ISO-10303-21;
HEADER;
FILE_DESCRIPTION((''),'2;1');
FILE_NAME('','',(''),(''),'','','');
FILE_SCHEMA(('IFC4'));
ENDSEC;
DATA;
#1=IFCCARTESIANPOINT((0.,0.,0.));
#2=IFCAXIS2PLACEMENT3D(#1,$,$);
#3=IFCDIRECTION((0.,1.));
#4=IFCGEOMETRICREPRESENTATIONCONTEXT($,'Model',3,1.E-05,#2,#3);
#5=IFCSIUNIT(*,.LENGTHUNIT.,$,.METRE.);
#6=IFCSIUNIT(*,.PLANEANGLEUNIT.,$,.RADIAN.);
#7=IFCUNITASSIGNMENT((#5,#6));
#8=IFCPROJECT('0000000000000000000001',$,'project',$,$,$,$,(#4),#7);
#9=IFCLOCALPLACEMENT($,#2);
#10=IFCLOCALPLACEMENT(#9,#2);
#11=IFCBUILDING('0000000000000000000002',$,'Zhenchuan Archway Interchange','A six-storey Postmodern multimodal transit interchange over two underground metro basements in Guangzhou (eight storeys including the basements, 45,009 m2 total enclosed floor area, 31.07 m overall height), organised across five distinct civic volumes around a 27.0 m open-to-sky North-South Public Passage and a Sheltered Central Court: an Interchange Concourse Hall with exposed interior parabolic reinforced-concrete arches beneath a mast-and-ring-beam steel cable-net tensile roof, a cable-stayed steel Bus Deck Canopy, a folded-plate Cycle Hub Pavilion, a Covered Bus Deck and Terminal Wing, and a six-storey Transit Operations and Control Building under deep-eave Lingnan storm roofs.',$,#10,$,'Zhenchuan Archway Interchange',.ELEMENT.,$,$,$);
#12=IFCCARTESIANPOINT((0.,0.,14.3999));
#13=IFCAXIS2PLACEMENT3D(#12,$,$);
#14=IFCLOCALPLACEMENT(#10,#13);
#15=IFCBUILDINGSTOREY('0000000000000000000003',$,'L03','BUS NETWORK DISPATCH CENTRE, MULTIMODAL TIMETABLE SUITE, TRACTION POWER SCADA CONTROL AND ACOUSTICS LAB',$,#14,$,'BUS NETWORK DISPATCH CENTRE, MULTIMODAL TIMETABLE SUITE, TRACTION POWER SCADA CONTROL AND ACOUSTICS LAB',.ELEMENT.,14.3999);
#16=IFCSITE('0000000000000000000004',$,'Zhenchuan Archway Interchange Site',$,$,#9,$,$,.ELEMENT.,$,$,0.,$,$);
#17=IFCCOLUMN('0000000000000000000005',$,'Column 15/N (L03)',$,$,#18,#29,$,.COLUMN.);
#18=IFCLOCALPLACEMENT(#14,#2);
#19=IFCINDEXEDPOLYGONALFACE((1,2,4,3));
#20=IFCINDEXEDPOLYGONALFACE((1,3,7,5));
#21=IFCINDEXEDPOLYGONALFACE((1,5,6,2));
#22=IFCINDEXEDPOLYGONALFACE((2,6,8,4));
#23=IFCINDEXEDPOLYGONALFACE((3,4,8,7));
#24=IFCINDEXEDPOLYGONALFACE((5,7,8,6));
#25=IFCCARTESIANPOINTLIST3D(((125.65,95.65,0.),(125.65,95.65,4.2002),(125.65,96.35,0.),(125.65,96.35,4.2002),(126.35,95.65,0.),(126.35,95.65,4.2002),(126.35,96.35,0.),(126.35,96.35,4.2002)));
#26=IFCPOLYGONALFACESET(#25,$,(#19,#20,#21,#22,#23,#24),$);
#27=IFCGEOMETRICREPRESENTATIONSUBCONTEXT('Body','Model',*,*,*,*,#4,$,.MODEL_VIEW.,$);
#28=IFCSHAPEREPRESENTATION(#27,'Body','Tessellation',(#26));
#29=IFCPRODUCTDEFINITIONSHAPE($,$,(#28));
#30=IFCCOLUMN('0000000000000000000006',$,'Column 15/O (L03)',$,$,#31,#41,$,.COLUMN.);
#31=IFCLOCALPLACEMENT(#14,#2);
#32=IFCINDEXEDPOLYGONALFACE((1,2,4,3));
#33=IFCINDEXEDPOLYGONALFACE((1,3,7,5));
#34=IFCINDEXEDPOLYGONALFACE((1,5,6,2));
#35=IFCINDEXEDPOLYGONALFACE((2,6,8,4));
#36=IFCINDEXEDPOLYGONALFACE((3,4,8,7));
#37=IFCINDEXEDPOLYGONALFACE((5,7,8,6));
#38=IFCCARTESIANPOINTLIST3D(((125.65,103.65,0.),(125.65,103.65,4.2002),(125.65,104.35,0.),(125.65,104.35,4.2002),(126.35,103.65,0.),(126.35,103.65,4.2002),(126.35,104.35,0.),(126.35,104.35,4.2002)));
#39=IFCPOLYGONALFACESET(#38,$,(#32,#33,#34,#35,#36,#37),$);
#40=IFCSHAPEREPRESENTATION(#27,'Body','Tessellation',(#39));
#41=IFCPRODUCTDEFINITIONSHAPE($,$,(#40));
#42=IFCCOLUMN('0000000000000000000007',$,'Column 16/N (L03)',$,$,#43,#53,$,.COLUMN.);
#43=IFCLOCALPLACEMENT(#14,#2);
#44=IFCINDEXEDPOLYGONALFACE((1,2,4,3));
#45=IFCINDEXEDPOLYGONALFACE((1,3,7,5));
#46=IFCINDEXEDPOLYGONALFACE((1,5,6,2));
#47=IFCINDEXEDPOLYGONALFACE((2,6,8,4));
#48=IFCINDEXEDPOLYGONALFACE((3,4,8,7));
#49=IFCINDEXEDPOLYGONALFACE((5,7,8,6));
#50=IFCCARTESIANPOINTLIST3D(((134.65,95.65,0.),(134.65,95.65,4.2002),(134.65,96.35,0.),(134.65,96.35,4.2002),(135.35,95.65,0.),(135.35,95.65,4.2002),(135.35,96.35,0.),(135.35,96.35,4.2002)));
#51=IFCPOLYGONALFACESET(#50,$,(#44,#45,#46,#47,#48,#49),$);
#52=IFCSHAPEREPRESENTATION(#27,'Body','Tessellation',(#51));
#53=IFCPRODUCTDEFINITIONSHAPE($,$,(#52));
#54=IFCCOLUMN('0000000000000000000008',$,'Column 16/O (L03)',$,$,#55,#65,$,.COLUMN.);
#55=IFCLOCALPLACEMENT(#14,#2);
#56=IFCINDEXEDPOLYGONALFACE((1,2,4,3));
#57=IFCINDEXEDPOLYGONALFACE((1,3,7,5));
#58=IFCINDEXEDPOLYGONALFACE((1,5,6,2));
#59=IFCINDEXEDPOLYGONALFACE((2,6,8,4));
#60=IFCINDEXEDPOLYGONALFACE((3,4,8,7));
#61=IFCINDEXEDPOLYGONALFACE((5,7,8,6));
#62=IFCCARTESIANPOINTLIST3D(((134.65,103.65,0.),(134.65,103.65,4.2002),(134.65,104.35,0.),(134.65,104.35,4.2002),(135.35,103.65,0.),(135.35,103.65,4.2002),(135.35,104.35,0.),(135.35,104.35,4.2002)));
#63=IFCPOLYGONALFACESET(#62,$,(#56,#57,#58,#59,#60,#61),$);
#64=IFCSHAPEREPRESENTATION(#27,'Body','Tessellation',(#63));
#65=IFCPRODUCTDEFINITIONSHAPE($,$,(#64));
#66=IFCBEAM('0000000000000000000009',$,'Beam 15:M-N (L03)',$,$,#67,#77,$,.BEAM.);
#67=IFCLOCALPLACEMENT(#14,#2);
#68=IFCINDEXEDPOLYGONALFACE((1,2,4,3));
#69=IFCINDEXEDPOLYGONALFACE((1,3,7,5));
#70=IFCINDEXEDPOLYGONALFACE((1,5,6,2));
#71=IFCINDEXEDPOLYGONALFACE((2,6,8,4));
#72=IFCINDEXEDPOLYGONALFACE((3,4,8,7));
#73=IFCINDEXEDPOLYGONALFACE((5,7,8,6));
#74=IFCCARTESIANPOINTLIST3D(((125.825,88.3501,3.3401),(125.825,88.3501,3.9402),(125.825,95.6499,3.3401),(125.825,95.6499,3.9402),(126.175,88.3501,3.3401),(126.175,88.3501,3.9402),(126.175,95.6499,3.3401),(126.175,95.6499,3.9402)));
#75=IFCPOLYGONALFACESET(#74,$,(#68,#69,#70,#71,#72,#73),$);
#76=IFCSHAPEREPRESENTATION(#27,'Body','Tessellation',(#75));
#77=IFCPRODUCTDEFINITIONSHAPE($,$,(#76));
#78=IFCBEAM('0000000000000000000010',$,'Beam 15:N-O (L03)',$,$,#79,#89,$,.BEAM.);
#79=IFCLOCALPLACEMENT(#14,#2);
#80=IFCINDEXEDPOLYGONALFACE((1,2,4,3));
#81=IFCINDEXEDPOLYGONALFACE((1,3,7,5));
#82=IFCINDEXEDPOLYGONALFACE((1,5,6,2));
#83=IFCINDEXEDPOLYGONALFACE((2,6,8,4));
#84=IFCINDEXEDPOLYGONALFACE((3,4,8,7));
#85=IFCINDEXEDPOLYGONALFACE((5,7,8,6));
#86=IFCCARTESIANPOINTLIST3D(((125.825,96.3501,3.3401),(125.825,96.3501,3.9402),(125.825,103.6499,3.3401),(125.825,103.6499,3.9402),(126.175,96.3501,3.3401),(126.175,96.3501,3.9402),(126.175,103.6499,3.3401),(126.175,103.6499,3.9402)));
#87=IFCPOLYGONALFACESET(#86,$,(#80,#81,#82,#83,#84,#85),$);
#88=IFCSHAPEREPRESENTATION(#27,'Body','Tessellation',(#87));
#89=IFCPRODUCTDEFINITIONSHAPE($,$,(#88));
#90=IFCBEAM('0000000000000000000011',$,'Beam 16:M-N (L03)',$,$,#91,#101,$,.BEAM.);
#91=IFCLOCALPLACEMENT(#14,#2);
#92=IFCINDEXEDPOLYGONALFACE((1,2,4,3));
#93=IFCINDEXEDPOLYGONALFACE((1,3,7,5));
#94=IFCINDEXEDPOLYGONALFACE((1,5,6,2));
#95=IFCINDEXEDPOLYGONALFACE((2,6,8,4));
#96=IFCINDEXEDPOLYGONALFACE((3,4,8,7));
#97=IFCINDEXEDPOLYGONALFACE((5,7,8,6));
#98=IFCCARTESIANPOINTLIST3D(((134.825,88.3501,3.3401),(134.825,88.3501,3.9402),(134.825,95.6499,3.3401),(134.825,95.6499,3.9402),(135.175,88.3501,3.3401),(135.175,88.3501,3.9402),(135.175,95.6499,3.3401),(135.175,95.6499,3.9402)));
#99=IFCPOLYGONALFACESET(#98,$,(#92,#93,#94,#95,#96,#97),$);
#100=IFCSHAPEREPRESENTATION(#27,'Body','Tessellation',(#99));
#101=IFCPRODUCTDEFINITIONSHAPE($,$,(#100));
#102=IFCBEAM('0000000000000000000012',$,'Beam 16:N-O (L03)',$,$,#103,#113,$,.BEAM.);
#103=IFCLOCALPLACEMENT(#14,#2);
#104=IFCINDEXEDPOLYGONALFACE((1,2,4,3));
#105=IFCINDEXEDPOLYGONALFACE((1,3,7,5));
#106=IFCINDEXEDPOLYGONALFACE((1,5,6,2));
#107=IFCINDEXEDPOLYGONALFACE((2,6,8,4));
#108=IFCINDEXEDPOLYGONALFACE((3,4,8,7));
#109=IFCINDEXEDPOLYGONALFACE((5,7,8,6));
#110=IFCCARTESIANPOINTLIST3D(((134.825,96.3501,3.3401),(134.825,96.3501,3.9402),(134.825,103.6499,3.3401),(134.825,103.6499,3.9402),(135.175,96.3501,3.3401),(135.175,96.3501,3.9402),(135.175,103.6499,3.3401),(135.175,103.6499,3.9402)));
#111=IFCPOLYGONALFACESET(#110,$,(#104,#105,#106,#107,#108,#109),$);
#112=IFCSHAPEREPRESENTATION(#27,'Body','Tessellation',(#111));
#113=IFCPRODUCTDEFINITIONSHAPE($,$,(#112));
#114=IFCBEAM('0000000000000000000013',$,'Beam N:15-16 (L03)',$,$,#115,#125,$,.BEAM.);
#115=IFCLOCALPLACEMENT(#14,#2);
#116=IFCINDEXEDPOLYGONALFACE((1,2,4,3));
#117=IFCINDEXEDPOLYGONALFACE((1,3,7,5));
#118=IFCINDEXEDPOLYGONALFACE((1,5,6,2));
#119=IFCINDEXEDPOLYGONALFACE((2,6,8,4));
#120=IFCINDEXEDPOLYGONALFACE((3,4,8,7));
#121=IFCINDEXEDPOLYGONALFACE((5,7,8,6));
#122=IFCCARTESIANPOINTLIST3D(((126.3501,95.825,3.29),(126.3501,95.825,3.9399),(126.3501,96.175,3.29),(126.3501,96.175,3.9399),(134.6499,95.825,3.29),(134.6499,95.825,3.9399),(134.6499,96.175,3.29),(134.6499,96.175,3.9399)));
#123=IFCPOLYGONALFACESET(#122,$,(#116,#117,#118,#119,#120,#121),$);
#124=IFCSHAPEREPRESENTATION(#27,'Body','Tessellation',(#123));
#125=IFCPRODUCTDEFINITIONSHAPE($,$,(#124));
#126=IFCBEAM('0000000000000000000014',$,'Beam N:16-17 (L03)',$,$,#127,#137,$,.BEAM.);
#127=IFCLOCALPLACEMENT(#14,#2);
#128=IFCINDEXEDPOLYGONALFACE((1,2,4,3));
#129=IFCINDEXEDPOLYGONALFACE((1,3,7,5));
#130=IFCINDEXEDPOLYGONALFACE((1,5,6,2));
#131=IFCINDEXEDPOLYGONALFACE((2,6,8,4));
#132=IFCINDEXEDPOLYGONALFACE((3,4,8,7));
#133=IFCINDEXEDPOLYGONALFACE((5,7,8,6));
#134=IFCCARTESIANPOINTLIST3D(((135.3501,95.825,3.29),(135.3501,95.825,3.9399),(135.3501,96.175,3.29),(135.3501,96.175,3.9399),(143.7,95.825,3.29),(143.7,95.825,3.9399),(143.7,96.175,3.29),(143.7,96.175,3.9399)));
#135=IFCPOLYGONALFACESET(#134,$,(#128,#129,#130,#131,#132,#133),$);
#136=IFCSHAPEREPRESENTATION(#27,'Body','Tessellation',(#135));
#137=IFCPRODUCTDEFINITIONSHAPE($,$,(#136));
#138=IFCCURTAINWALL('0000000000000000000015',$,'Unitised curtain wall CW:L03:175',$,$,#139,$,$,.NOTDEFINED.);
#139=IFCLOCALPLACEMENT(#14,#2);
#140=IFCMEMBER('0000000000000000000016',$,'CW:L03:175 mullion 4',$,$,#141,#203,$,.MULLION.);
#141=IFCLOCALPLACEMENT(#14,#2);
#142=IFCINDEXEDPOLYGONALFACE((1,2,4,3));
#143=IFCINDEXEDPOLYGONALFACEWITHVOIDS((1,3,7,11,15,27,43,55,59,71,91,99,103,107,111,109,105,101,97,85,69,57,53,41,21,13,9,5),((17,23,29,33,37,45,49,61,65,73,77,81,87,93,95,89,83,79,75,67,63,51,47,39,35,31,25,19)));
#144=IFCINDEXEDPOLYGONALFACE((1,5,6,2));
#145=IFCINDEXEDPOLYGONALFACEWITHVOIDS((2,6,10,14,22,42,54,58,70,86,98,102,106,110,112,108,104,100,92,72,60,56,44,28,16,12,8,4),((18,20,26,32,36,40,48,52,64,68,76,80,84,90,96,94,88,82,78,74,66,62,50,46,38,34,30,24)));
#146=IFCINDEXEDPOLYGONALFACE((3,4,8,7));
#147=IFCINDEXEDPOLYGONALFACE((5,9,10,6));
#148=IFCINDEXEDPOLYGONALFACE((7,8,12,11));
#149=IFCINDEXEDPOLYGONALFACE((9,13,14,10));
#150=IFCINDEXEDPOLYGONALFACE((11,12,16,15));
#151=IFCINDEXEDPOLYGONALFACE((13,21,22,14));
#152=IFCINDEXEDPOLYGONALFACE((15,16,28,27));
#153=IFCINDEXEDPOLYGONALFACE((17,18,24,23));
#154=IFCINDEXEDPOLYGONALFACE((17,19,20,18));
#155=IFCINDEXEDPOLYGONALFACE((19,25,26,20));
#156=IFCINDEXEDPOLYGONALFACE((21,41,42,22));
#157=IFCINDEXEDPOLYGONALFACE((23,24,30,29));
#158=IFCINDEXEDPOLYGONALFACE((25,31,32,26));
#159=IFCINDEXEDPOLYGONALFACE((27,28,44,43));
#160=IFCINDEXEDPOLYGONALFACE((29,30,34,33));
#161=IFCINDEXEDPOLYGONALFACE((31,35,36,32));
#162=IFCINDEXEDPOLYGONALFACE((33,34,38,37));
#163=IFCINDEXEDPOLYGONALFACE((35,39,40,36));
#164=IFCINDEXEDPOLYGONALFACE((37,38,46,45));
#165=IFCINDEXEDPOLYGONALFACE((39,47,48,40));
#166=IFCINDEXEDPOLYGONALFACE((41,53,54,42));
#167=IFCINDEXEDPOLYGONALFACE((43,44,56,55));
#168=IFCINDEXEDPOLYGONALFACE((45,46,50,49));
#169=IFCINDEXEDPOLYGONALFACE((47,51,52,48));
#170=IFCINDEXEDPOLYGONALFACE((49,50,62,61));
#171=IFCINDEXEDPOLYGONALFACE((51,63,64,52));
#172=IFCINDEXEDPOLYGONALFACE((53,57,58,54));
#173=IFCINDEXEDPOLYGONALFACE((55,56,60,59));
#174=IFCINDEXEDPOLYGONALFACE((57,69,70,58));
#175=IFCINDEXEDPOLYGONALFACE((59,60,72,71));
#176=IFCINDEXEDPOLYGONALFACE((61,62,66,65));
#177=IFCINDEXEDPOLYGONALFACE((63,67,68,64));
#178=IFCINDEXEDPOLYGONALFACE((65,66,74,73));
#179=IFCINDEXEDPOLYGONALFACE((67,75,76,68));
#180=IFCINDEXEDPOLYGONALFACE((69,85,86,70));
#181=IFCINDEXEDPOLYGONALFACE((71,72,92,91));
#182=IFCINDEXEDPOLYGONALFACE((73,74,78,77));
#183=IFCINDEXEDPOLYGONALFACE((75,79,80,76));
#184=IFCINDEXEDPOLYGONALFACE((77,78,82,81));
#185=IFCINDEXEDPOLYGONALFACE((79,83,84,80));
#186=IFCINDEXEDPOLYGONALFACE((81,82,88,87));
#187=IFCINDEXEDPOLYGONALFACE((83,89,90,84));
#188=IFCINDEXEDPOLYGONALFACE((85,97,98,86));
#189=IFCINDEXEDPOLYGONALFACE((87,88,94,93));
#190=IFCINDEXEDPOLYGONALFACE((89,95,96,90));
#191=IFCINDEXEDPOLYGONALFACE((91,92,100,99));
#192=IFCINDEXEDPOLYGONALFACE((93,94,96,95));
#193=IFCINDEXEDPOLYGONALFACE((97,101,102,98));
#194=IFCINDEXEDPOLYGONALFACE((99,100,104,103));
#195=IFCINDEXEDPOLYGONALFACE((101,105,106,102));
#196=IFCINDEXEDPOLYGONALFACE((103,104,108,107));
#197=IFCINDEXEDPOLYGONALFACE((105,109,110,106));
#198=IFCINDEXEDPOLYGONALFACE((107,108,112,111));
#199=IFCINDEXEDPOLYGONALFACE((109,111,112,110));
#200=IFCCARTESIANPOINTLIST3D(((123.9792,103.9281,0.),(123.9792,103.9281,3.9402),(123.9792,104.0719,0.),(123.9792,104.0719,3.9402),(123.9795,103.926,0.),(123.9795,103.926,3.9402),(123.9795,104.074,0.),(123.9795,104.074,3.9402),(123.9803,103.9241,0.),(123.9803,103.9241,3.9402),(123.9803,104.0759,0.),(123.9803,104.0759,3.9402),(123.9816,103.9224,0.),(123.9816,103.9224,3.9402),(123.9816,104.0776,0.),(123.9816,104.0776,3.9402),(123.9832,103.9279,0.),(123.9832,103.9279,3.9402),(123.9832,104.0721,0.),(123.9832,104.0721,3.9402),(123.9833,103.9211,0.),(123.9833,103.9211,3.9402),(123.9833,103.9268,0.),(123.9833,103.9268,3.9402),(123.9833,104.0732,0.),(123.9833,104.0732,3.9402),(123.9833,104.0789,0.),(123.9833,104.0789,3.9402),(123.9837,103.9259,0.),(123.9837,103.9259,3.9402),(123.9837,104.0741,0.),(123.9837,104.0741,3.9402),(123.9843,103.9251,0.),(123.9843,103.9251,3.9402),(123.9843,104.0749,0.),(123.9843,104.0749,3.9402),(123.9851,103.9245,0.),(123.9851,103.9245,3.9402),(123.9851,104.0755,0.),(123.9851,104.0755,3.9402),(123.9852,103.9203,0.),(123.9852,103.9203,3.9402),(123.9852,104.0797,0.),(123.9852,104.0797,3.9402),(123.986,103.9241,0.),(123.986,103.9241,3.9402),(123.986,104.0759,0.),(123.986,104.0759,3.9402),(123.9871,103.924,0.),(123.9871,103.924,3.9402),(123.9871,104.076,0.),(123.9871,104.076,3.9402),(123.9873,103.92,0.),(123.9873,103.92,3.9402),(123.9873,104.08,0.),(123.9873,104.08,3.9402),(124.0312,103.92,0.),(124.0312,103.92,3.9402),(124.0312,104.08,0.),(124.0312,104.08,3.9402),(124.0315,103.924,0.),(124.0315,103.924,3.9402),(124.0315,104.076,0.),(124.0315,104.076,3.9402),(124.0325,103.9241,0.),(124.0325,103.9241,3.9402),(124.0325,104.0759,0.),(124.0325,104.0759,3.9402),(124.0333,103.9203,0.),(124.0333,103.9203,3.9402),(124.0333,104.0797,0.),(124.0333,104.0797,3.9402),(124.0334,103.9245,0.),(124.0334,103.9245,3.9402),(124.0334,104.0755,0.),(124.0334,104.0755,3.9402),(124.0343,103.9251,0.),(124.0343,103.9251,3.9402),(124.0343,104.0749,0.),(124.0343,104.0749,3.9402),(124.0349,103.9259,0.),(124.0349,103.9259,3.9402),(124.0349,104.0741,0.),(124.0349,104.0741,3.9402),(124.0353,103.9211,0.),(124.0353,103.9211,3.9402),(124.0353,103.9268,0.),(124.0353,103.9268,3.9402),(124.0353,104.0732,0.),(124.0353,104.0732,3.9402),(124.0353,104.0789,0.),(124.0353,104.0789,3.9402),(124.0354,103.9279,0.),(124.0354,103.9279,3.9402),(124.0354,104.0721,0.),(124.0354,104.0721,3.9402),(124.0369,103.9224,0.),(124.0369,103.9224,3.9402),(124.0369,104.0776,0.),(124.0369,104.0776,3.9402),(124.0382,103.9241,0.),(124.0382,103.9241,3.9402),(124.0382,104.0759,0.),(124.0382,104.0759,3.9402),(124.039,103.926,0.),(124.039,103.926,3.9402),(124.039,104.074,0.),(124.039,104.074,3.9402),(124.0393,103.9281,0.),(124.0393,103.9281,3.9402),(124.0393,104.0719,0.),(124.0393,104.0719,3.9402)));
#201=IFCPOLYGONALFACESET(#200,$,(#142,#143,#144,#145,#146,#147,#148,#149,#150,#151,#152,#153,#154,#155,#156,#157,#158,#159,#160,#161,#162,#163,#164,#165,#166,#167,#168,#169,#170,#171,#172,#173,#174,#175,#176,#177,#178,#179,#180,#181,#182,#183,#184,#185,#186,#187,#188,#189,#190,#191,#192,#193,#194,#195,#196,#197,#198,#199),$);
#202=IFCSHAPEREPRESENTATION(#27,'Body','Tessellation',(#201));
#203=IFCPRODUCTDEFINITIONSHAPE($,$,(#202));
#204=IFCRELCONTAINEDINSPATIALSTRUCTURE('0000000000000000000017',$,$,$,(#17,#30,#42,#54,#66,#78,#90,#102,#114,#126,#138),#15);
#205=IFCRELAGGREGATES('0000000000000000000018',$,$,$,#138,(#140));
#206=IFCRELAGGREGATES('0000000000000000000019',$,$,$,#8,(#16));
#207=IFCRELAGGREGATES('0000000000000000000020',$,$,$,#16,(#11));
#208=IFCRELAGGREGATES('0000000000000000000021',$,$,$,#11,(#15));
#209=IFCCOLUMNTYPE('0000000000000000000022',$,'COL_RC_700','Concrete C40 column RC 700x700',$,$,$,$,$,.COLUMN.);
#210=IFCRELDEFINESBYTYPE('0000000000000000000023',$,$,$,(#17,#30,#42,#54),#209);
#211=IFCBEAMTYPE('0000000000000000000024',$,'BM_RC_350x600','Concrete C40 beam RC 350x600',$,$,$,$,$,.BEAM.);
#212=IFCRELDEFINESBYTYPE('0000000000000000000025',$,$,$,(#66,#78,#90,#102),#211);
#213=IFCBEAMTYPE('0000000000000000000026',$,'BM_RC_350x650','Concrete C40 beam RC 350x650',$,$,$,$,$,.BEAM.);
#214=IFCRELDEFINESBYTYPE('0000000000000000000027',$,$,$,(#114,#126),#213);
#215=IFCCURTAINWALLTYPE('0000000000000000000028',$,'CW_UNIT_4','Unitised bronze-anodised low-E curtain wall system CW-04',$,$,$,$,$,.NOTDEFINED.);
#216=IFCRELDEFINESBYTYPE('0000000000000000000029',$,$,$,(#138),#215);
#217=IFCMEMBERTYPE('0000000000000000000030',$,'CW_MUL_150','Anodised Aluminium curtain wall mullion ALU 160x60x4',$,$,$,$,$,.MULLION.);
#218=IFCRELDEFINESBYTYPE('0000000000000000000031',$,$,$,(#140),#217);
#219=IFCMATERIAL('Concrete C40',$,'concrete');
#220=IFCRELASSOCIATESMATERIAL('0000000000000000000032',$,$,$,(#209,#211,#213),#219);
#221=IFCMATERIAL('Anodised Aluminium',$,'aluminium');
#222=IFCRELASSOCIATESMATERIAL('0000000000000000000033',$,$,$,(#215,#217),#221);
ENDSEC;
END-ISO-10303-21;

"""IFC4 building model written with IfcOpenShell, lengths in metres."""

from ifc_helpers import new_model, si_unit, direction, frame, origin, origin_2d, place, context, subcontext, project, spatial, rectangle, hollow_rectangle, extrude, material, material_profile, profile_set, type_object, element, aggregate, save


model = new_model("IFC4")

# Units and contexts
model_context = context("Model", 3, precision=1e-05, world=origin(), true_north=direction((0.0, 1.0)))
body_context = subcontext(model_context, "Body", "Model", "MODEL_VIEW")
ifc_project = project(units=[si_unit("LENGTHUNIT", "METRE"), si_unit("PLANEANGLEUNIT", "RADIAN")], contexts=[model_context])

# Site, building, storey
site_placement = place(None, origin())
site = spatial("IfcSite", under=ifc_project, at=site_placement, Name="Zhenchuan Archway Interchange Site", CompositionType="ELEMENT", RefElevation=0.0)
building_placement = place(site_placement, origin())
building = spatial("IfcBuilding", under=site, at=building_placement, Name="Zhenchuan Archway Interchange", Description="A six-storey Postmodern multimodal transit interchange over two underground metro basements in Guangzhou (eight storeys including the basements, 45,009 m2 total enclosed floor area, 31.07 m overall height), organised across five distinct civic volumes around a 27.0 m open-to-sky North-South Public Passage and a Sheltered Central Court: an Interchange Concourse Hall with exposed interior parabolic reinforced-concrete arches beneath a mast-and-ring-beam steel cable-net tensile roof, a cable-stayed steel Bus Deck Canopy, a folded-plate Cycle Hub Pavilion, a Covered Bus Deck and Terminal Wing, and a six-storey Transit Operations and Control Building under deep-eave Lingnan storm roofs.", LongName="Zhenchuan Archway Interchange", CompositionType="ELEMENT")
storey_placement = place(building_placement, frame((0.0, 0.0, 14.3999)))
storey = spatial("IfcBuildingStorey", under=building, at=storey_placement, Name="L03", Description="BUS NETWORK DISPATCH CENTRE, MULTIMODAL TIMETABLE SUITE, TRACTION POWER SCADA CONTROL AND ACOUSTICS LAB", LongName="BUS NETWORK DISPATCH CENTRE, MULTIMODAL TIMETABLE SUITE, TRACTION POWER SCADA CONTROL AND ACOUSTICS LAB", CompositionType="ELEMENT", Elevation=14.3999)

# Columns
ifc_material_1 = material(Name="Concrete C40", Category="concrete")
ifc_material_profile_1 = material_profile(ifc_material_1, rectangle(XDim=0.7, YDim=0.7, at=origin_2d()), Name="RC 700x700")
ifc_profile_set_1 = profile_set([ifc_material_profile_1], Name="Concrete C40")
column_type = type_object("IfcColumnType", Name="COL_RC_700", Description="Concrete C40 column RC 700x700", PredefinedType="COLUMN", material=ifc_profile_set_1)
for number, where, z_axis, x_axis, name in (
    (1, (126.0, 96.0, 0.0), (0.0, 0.0, 1.0), (1.0, 0.0, 0.0), "Column 15/N (L03)"),
    (2, (126.0, 104.0, 0.0), (0.0, 0.0, 1.0), (1.0, 0.0, 0.0), "Column 15/O (L03)"),
    (3, (135.0, 96.0, 0.0), (0.0, 0.0, 1.0), (1.0, 0.0, 0.0), "Column 16/N (L03)"),
    (4, (135.0, 104.0, 0.0), (0.0, 0.0, 1.0), (1.0, 0.0, 0.0), "Column 16/O (L03)"),
):
    element("IfcColumn", number, at=place(storey_placement, frame(where, z_axis=z_axis, x_axis=x_axis)), inside=storey, type_object=column_type, Name=name, PredefinedType="COLUMN", context=body_context, shape_type="SweptSolid", body=[
        extrude(rectangle(XDim=0.7, YDim=0.7, at=origin_2d()), origin(), (0.0, 0.0, 1.0), 4.2002),
    ])

# Beams
ifc_material_profile_2 = material_profile(ifc_material_1, rectangle(XDim=0.3501, YDim=0.6001, at=origin_2d()), Name="RC 350x600")
ifc_profile_set_2 = profile_set([ifc_material_profile_2], Name="Concrete C40")
beam_type_1 = type_object("IfcBeamType", Name="BM_RC_350x600", Description="Concrete C40 beam RC 350x600", PredefinedType="BEAM", material=ifc_profile_set_2)
for number, where, z_axis, x_axis, name in (
    (5, (126.0, 88.3501, 3.6401), (0.0, 1.0, 0.0), (-1.0, 0.0, 0.0), "Beam 15:M-N (L03)"),
    (6, (126.0, 96.3501, 3.6401), (0.0, 1.0, 0.0), (-1.0, 0.0, 0.0), "Beam 15:N-O (L03)"),
    (7, (135.0, 88.3501, 3.6401), (0.0, 1.0, 0.0), (-1.0, 0.0, 0.0), "Beam 16:M-N (L03)"),
    (8, (135.0, 96.3501, 3.6401), (0.0, 1.0, 0.0), (-1.0, 0.0, 0.0), "Beam 16:N-O (L03)"),
):
    element("IfcBeam", number, at=place(storey_placement, frame(where, z_axis=z_axis, x_axis=x_axis)), inside=storey, type_object=beam_type_1, Name=name, PredefinedType="BEAM", context=body_context, shape_type="SweptSolid", body=[
        extrude(rectangle(XDim=0.3501, YDim=0.6001, at=origin_2d()), origin(), (0.0, 0.0, 1.0), 7.2998),
    ])
ifc_material_profile_3 = material_profile(ifc_material_1, rectangle(XDim=0.3501, YDim=0.6499, at=origin_2d()), Name="RC 350x650")
ifc_profile_set_3 = profile_set([ifc_material_profile_3], Name="Concrete C40")
beam_type_2 = type_object("IfcBeamType", Name="BM_RC_350x650", Description="Concrete C40 beam RC 350x650", PredefinedType="BEAM", material=ifc_profile_set_3)
beam_1_placement = place(storey_placement, frame((126.3501, 96.0, 3.615), z_axis=(1.0, 0.0, 0.0), x_axis=(0.0, 1.0, 0.0)))
element("IfcBeam", 9, at=beam_1_placement, inside=storey, type_object=beam_type_2, Name="Beam N:15-16 (L03)", PredefinedType="BEAM", context=body_context, shape_type="SweptSolid", body=[
    extrude(rectangle(XDim=0.3501, YDim=0.6499, at=origin_2d()), origin(), (0.0, 0.0, 1.0), 8.2998),
])
beam_2_placement = place(storey_placement, frame((135.3501, 96.0, 3.615), z_axis=(1.0, 0.0, 0.0), x_axis=(0.0, 1.0, 0.0)))
element("IfcBeam", 10, at=beam_2_placement, inside=storey, type_object=beam_type_2, Name="Beam N:16-17 (L03)", PredefinedType="BEAM", context=body_context, shape_type="SweptSolid", body=[
    extrude(rectangle(XDim=0.3501, YDim=0.6499, at=origin_2d()), origin(), (0.0, 0.0, 1.0), 8.3499),
])

# Curtain wall, member
ifc_material_2 = material(Name="Anodised Aluminium", Category="aluminium")
curtain_wall_type_1 = type_object("IfcCurtainWallType", Name="CW_UNIT_4", Description="Unitised bronze-anodised low-E curtain wall system CW-04", PredefinedType="NOTDEFINED", material=ifc_material_2)
curtain_wall_1_placement = place(storey_placement, origin())
curtain_wall_1 = element("IfcCurtainWall", 11, at=curtain_wall_1_placement, inside=storey, type_object=curtain_wall_type_1, Name="Unitised curtain wall CW:L03:175", PredefinedType="NOTDEFINED")
ifc_material_profile_4 = material_profile(ifc_material_2, hollow_rectangle(XDim=0.0601, YDim=0.1599, WallThickness=0.0039, InnerFilletRadius=0.0039, OuterFilletRadius=0.0081, at=origin_2d()), Name="ALU 160x60x4")
ifc_profile_set_4 = profile_set([ifc_material_profile_4], Name="Anodised Aluminium")
member_type_1 = type_object("IfcMemberType", Name="CW_MUL_150", Description="Anodised Aluminium curtain wall mullion ALU 160x60x4", PredefinedType="MULLION", material=ifc_profile_set_4)
member_1_placement = place(storey_placement, frame((124.0093, 104.0, 0.0), z_axis=(0.0, 0.0, 1.0), x_axis=(1.0, 0.0, 0.0)))
member_1 = element("IfcMember", 12, at=member_1_placement, type_object=member_type_1, Name="CW:L03:175 mullion 4", PredefinedType="MULLION", context=body_context, shape_type="SweptSolid", body=[
    extrude(hollow_rectangle(XDim=0.0601, YDim=0.1599, WallThickness=0.0039, InnerFilletRadius=0.0039, OuterFilletRadius=0.0081, at=origin_2d()), origin(), (0.0, 0.0, 1.0), 3.9402),
])

aggregate(curtain_wall_1, [member_1])

save(model, "model.ifc")
